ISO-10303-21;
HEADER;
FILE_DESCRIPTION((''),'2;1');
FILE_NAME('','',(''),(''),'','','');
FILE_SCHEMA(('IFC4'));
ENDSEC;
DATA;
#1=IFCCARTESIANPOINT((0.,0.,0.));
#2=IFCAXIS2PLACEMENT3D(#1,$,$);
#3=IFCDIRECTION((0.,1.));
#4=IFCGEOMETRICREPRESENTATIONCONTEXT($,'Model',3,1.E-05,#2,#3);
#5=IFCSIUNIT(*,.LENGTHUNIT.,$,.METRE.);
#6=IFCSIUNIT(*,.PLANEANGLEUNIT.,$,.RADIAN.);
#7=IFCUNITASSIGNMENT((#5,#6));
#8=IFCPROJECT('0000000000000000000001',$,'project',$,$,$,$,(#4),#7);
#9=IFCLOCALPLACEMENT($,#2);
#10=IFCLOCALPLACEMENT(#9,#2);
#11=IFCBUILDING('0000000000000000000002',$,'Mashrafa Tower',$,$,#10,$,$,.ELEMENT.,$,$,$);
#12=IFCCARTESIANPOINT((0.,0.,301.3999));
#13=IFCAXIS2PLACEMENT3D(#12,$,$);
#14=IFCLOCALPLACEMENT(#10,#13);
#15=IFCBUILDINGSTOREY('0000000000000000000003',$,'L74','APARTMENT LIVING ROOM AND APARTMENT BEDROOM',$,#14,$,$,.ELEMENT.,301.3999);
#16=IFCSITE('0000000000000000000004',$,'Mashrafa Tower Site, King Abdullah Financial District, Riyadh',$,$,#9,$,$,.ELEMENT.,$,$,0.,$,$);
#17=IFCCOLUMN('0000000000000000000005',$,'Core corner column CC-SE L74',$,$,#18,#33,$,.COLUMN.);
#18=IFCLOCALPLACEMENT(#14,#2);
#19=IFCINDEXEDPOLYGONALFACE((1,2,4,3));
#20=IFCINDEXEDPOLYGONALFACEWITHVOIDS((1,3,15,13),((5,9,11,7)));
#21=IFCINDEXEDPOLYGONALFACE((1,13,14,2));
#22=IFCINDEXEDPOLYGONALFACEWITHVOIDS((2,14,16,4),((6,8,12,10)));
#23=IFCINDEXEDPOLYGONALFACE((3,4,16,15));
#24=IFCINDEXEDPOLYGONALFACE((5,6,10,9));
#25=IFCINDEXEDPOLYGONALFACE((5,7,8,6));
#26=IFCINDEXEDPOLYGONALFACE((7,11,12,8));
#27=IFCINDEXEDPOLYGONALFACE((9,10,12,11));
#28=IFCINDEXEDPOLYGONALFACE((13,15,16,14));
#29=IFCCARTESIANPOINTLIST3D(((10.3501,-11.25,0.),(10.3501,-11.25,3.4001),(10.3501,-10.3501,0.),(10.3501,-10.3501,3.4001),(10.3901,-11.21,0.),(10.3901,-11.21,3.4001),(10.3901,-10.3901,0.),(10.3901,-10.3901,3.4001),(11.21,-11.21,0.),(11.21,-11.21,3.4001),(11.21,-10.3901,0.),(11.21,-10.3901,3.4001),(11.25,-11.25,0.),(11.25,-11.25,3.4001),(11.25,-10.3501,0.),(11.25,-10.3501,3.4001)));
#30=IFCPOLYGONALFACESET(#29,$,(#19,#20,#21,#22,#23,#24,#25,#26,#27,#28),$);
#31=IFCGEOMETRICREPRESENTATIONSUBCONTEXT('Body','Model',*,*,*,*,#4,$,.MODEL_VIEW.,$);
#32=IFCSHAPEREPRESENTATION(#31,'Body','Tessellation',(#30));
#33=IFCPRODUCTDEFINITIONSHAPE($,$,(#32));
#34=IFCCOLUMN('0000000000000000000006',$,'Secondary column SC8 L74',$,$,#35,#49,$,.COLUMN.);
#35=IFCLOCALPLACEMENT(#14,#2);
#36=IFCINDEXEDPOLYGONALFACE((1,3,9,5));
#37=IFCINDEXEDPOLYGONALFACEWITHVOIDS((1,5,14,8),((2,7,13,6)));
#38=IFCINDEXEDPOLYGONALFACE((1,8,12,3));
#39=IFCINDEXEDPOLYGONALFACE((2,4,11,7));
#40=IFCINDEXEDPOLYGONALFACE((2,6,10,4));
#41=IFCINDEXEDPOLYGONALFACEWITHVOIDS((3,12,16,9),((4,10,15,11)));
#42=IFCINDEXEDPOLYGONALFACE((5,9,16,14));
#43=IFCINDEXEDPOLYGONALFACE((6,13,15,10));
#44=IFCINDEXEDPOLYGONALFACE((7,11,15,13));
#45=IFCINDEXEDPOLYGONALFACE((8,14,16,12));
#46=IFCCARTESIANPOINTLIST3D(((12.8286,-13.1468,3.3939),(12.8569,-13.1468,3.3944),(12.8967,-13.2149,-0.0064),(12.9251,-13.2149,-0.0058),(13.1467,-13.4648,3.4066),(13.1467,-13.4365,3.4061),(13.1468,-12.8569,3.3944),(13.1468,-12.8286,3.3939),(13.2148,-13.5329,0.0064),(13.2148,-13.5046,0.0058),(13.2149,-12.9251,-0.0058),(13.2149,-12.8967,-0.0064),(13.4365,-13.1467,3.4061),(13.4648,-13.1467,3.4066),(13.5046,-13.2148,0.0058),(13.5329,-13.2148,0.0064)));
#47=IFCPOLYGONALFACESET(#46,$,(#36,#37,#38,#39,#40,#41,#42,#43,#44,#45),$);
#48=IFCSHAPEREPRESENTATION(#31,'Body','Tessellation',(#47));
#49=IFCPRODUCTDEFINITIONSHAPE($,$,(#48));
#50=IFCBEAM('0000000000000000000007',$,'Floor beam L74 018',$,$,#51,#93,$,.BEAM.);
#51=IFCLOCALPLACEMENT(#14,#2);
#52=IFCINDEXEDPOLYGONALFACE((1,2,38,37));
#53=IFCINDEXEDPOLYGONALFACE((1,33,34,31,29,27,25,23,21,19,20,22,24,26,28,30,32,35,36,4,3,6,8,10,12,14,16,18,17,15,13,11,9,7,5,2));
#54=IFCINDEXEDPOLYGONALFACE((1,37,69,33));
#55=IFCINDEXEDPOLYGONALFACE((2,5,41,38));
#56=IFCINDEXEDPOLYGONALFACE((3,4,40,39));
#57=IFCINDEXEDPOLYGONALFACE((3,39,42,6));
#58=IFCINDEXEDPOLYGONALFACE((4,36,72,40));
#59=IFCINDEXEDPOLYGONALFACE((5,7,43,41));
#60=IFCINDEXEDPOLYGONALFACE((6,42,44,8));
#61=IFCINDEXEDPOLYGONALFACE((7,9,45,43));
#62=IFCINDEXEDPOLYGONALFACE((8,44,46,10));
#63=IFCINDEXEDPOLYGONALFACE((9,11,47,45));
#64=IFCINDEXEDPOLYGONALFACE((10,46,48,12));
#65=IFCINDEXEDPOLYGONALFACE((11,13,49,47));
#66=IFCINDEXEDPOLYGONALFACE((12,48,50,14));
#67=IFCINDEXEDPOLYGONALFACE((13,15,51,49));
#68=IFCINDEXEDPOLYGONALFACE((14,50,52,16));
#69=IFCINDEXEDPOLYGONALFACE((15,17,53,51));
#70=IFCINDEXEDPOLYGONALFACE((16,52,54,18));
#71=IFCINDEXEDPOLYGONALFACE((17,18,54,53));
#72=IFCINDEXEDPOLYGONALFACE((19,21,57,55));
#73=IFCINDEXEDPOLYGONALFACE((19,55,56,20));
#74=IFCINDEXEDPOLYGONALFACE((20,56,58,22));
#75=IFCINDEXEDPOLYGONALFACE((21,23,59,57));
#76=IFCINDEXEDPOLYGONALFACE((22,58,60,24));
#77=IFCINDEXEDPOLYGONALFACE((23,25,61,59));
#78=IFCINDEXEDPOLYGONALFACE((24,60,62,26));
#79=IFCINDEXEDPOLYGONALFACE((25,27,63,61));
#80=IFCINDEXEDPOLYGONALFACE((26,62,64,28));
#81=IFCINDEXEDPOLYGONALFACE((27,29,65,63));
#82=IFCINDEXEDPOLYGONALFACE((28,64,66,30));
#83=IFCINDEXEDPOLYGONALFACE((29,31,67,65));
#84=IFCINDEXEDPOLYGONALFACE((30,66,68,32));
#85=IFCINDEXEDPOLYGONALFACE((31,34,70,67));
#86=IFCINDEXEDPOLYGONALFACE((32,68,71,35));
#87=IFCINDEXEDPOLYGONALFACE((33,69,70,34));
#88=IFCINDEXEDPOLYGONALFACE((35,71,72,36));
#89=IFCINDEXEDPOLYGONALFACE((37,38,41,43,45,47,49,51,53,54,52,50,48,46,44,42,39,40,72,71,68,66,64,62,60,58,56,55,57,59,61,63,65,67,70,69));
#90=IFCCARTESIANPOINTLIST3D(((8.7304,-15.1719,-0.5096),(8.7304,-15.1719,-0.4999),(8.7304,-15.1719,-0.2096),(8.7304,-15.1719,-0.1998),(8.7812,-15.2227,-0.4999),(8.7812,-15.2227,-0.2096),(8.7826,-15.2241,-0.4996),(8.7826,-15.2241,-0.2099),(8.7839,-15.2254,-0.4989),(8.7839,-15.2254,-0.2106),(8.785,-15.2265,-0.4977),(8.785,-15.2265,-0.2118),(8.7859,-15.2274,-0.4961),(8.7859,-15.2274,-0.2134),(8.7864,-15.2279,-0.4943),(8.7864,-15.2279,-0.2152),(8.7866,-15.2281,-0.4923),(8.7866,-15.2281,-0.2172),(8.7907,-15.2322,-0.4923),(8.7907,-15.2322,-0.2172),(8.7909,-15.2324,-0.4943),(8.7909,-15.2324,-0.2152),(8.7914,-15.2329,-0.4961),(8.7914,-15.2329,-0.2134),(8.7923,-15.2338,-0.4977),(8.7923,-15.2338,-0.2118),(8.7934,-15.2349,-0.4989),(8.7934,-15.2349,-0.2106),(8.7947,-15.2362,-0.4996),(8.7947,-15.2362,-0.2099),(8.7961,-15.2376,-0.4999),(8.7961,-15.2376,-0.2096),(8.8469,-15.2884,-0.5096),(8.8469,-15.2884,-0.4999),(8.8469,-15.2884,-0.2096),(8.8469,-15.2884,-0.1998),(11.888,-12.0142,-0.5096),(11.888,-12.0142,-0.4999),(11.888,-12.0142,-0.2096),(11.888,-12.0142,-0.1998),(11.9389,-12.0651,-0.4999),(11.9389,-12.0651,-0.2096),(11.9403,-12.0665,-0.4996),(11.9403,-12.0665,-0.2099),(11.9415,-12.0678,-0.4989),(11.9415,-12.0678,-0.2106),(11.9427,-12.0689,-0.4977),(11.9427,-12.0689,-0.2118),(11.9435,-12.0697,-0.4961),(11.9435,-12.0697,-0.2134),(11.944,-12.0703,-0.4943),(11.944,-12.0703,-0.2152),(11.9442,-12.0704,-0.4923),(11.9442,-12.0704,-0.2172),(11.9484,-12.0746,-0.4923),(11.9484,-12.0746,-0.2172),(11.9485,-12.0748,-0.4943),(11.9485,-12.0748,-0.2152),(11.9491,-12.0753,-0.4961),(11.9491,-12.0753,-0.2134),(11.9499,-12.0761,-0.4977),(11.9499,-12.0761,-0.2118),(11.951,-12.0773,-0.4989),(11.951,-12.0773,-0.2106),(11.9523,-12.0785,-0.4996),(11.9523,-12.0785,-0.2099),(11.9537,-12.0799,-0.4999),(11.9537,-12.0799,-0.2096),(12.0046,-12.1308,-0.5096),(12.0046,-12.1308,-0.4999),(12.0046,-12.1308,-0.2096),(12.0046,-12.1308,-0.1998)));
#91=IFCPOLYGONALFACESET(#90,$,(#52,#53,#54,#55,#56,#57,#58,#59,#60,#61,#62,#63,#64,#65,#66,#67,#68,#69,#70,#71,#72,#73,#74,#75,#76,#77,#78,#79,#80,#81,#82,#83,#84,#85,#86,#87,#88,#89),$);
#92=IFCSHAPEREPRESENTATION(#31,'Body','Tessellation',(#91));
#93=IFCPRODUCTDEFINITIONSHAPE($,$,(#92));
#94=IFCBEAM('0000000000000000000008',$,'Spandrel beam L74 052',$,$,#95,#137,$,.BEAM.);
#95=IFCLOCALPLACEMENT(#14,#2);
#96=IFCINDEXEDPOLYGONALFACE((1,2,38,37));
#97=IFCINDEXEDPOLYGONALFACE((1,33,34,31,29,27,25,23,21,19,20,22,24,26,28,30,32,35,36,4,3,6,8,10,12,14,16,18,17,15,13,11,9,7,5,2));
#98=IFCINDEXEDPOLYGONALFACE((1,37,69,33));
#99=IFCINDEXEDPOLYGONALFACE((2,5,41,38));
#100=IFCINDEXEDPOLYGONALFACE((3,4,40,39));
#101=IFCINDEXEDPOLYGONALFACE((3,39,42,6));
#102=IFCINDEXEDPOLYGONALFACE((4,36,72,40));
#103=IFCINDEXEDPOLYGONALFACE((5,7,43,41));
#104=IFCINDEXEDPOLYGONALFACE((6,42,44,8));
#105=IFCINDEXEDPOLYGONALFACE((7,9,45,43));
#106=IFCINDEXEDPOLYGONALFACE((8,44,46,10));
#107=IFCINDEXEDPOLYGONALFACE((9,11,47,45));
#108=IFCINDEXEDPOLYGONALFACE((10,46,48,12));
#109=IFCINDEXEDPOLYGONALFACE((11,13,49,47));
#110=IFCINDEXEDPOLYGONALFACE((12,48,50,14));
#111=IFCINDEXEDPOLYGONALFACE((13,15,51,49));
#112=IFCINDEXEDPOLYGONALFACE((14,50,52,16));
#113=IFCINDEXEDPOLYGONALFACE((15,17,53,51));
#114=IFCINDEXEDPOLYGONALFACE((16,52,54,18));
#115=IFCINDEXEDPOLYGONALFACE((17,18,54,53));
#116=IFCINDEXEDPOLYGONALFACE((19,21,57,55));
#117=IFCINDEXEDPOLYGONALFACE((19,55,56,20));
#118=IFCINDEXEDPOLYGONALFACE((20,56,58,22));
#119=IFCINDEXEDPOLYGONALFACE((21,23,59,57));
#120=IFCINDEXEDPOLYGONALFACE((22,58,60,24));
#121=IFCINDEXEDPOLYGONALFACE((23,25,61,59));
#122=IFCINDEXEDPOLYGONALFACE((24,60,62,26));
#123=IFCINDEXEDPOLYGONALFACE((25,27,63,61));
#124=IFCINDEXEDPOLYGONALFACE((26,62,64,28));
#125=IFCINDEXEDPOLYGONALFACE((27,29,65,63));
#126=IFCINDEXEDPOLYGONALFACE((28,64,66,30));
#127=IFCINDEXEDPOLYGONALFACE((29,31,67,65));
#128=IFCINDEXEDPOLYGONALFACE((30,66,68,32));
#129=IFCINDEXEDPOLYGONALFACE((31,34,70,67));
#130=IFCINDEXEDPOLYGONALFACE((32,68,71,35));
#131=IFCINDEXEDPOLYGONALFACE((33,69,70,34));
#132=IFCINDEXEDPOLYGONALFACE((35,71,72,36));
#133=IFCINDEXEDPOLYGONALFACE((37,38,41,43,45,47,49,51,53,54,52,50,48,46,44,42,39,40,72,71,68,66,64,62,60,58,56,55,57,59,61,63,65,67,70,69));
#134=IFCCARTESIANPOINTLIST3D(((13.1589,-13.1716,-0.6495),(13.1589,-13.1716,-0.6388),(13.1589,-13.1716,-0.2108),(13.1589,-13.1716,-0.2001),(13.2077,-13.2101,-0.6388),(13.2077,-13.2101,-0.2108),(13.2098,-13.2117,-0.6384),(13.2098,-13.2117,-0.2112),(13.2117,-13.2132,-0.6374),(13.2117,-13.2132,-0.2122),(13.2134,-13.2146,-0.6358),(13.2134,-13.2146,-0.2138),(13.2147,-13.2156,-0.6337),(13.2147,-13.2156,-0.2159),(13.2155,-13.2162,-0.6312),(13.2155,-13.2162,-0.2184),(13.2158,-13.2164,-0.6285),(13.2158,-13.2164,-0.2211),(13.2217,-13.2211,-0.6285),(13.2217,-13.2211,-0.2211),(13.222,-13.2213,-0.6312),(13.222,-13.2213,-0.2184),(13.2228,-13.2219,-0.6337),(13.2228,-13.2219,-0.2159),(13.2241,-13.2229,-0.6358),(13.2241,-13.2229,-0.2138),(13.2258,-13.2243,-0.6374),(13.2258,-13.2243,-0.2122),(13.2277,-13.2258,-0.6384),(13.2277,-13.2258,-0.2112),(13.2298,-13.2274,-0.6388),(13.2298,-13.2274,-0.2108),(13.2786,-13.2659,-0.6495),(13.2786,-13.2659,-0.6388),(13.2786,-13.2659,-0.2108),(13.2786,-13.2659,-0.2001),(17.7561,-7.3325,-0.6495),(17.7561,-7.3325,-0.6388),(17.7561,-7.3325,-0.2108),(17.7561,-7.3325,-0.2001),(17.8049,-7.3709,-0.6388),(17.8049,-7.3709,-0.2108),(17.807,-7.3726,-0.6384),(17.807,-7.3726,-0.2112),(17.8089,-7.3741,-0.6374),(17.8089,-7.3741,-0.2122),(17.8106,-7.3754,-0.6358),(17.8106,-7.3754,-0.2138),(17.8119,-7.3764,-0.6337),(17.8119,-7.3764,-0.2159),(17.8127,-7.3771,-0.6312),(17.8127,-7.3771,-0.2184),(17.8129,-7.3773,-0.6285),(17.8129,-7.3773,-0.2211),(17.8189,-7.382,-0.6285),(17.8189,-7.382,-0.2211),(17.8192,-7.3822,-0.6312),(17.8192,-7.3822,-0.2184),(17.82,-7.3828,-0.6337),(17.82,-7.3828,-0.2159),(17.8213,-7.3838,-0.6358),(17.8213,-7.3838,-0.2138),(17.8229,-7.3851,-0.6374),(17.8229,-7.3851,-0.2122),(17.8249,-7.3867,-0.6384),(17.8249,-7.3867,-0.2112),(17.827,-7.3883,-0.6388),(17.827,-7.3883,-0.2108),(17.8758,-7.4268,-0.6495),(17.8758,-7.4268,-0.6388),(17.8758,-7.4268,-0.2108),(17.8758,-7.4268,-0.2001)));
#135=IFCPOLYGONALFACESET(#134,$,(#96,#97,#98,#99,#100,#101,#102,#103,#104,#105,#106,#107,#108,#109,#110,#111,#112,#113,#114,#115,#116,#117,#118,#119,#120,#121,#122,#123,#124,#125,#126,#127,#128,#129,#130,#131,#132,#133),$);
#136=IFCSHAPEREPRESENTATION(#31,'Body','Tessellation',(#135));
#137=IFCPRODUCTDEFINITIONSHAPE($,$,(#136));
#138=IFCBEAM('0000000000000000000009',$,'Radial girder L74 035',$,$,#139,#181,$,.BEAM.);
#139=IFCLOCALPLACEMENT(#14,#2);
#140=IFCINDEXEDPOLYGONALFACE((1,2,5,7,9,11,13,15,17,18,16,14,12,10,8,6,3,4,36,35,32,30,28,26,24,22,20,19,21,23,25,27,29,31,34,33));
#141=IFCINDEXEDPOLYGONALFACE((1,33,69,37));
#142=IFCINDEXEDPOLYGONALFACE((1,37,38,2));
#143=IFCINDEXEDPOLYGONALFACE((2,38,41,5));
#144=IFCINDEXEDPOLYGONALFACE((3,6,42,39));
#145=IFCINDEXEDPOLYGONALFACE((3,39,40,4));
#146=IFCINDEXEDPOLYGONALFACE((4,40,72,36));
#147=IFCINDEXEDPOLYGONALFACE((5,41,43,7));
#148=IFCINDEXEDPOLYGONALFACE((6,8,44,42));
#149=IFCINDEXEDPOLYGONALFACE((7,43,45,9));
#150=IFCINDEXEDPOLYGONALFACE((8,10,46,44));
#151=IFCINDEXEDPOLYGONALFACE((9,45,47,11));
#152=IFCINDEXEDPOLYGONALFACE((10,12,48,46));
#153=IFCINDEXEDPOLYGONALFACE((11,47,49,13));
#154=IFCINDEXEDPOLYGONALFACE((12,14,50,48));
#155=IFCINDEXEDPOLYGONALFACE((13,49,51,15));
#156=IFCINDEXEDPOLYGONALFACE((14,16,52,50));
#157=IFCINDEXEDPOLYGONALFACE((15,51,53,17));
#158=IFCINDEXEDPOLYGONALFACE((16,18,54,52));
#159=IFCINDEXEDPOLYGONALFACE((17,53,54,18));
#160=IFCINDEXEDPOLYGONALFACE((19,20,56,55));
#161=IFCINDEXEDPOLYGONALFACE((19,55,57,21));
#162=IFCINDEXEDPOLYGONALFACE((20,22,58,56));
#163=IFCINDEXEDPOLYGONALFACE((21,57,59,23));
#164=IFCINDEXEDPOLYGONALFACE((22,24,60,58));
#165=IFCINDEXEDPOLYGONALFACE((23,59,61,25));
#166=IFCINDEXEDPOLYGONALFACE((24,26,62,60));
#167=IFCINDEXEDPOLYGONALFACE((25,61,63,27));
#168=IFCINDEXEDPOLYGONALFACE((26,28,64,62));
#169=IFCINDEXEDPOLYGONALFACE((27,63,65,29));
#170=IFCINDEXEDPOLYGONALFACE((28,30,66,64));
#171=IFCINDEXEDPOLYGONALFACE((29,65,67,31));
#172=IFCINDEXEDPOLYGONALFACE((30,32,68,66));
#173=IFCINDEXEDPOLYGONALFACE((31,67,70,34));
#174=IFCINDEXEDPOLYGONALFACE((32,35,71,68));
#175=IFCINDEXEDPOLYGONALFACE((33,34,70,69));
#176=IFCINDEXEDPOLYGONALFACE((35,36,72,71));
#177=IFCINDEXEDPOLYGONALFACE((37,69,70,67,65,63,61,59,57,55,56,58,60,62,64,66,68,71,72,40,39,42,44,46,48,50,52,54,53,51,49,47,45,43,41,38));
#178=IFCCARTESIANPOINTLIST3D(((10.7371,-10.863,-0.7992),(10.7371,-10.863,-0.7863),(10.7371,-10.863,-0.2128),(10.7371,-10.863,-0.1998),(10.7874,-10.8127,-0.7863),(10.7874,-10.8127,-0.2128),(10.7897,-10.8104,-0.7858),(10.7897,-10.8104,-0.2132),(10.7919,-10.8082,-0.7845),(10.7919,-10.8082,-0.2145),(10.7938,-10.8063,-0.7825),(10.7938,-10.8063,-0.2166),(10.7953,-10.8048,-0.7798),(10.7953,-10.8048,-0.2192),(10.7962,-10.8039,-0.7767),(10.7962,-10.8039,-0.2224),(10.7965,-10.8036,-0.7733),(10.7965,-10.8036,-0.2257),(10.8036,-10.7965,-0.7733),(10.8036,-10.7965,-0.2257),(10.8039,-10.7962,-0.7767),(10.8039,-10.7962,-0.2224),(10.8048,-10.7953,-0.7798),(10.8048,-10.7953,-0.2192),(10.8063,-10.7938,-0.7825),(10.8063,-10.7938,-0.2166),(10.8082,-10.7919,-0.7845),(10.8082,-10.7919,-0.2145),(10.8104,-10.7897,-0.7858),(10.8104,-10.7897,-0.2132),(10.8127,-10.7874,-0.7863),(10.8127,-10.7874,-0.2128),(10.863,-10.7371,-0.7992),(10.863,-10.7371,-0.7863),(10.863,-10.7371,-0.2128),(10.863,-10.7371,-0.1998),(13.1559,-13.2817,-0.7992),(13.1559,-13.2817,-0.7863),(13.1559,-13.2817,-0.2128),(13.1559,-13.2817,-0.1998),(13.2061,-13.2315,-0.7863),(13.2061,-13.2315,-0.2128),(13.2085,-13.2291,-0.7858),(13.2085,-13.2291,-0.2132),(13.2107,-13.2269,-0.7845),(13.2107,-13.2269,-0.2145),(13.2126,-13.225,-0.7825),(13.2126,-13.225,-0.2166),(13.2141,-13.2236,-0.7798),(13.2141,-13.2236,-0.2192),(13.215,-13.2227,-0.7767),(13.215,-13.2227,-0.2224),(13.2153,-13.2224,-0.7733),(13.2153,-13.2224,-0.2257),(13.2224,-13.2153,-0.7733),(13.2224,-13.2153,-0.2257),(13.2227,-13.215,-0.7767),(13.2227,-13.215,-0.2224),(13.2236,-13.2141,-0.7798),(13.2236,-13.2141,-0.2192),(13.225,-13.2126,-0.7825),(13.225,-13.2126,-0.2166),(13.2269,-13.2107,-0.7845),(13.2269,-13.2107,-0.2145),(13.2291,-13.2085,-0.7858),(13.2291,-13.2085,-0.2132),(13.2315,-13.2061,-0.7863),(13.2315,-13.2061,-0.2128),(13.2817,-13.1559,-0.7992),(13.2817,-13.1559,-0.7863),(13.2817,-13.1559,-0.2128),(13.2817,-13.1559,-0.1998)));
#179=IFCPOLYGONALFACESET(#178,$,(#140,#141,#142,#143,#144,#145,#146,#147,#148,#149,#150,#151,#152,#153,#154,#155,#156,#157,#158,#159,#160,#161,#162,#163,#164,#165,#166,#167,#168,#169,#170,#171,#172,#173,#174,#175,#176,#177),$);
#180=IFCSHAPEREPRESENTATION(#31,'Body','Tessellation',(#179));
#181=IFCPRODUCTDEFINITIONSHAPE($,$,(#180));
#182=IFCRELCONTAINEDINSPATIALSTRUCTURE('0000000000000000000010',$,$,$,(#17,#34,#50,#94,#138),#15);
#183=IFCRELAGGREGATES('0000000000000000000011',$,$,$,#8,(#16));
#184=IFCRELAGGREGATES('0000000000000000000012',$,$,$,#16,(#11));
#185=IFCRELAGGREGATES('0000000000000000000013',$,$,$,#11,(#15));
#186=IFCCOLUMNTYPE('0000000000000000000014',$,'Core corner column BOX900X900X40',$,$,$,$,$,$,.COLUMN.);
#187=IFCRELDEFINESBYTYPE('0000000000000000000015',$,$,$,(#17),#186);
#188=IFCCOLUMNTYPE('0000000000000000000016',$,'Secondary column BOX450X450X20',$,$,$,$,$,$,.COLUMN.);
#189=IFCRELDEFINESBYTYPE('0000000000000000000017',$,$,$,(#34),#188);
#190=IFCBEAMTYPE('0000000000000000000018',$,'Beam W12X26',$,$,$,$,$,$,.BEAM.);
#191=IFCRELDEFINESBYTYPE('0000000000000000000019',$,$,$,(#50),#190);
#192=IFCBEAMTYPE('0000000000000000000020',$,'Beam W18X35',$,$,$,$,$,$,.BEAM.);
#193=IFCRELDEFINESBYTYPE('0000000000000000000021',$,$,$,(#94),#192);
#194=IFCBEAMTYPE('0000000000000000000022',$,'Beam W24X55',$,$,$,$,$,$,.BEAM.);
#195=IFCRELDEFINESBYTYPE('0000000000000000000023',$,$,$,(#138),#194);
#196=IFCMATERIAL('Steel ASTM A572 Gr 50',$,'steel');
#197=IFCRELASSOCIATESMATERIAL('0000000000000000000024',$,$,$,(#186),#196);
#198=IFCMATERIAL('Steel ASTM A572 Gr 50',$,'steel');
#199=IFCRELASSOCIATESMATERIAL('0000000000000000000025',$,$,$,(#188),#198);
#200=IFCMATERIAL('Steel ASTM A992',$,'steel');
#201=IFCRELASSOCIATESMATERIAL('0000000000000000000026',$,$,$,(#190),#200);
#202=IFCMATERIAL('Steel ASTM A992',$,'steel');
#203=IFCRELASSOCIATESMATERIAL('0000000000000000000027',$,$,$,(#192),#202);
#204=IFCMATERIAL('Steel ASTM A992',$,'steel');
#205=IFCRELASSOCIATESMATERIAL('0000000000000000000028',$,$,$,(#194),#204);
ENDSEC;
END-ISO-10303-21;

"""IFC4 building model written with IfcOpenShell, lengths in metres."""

from ifc_helpers import new_model, si_unit, direction, frame, origin, origin_2d, place, context, subcontext, project, spatial, hollow_rectangle, i_section, extrude, material, material_profile, profile_set, type_object, element, save


model = new_model("IFC4")

# Units and contexts
model_context = context("Model", 3, precision=1e-05, world=origin(), true_north=direction((0.0, 1.0)))
body_context = subcontext(model_context, "Body", "Model", "MODEL_VIEW")
ifc_project = project(units=[si_unit("LENGTHUNIT", "METRE"), si_unit("PLANEANGLEUNIT", "RADIAN")], contexts=[model_context])

# Site, building, storey
site_placement = place(None, origin())
site = spatial("IfcSite", under=ifc_project, at=site_placement, Name="Mashrafa Tower Site, King Abdullah Financial District, Riyadh", CompositionType="ELEMENT", RefElevation=0.0)
building_placement = place(site_placement, origin())
building = spatial("IfcBuilding", under=site, at=building_placement, Name="Mashrafa Tower", CompositionType="ELEMENT")
storey_placement = place(building_placement, frame((0.0, 0.0, 301.3999)))
storey = spatial("IfcBuildingStorey", under=building, at=storey_placement, Name="L74", Description="APARTMENT LIVING ROOM AND APARTMENT BEDROOM", CompositionType="ELEMENT", Elevation=301.3999)

# Columns
ifc_material_1 = material(Name="Steel ASTM A572 Gr 50", Category="steel")
ifc_material_profile_1 = material_profile(ifc_material_1, hollow_rectangle(XDim=0.8999, YDim=0.8999, WallThickness=0.04, at=origin_2d()), Name="BOX900X900X40")
ifc_profile_set_1 = profile_set([ifc_material_profile_1], Name="Steel ASTM A572 Gr 50")
column_type_1 = type_object("IfcColumnType", Name="Core corner column BOX900X900X40", PredefinedType="COLUMN", material=ifc_profile_set_1)
column_1_placement = place(storey_placement, frame((10.8, -10.8, 0.0), z_axis=(0.0, 0.0, 1.0), x_axis=(1.0, 0.0, 0.0)))
element("IfcColumn", 1, at=column_1_placement, inside=storey, type_object=column_type_1, Name="Core corner column CC-SE L74", PredefinedType="COLUMN", context=body_context, shape_type="SweptSolid", body=[
    extrude(hollow_rectangle(XDim=0.8999, YDim=0.8999, WallThickness=0.04, at=origin_2d()), origin(), (0.0, 0.0, 1.0), 3.4001),
])
ifc_material_2 = material(Name="Steel ASTM A572 Gr 50", Category="steel")
ifc_material_profile_2 = material_profile(ifc_material_2, hollow_rectangle(XDim=0.45, YDim=0.45, WallThickness=0.02, at=origin_2d()), Name="BOX450X450X20")
ifc_profile_set_2 = profile_set([ifc_material_profile_2], Name="Steel ASTM A572 Gr 50")
column_type_2 = type_object("IfcColumnType", Name="Secondary column BOX450X450X20", PredefinedType="COLUMN", material=ifc_profile_set_2)
column_2_placement = place(storey_placement, frame((13.2148, -13.2148, 0.0), z_axis=(-0.020025, 0.020025, 0.999599), x_axis=(-0.707107, -0.707107, 0.0)))
element("IfcColumn", 2, at=column_2_placement, inside=storey, type_object=column_type_2, Name="Secondary column SC8 L74", PredefinedType="COLUMN", context=body_context, shape_type="SweptSolid", body=[
    extrude(hollow_rectangle(XDim=0.45, YDim=0.45, WallThickness=0.02, at=origin_2d()), origin(), (0.0, 0.0, 1.0), 3.4016),
])

# Beams
ifc_material_3 = material(Name="Steel ASTM A992", Category="steel")
ifc_material_profile_3 = material_profile(ifc_material_3, i_section(OverallWidth=0.1648, OverallDepth=0.3098, WebThickness=0.0059, FlangeThickness=0.0098, FilletRadius=0.0076, at=origin_2d()), Name="W12X26")
ifc_profile_set_3 = profile_set([ifc_material_profile_3], Name="Steel ASTM A992")
beam_type_1 = type_object("IfcBeamType", Name="Beam W12X26", PredefinedType="BEAM", material=ifc_profile_set_3)
beam_1_placement = place(storey_placement, frame((11.9463, -12.0725, -0.3547), z_axis=(-0.707107, -0.707107, 0.0), x_axis=(0.707107, -0.707107, 0.0)))
element("IfcBeam", 3, at=beam_1_placement, inside=storey, type_object=beam_type_1, Name="Floor beam L74 018", PredefinedType="BEAM", context=body_context, shape_type="SweptSolid", body=[
    extrude(i_section(OverallWidth=0.1648, OverallDepth=0.3098, WebThickness=0.0059, FlangeThickness=0.0098, FilletRadius=0.0076, at=origin_2d()), origin(), (0.0, 0.0, 1.0), 4.4656),
])
ifc_material_4 = material(Name="Steel ASTM A992", Category="steel")
ifc_material_profile_4 = material_profile(ifc_material_4, i_section(OverallWidth=0.1523, OverallDepth=0.4495, WebThickness=0.0076, FlangeThickness=0.0107, FilletRadius=0.0103, at=origin_2d()), Name="W18X35")
ifc_profile_set_4 = profile_set([ifc_material_profile_4], Name="Steel ASTM A992")
beam_type_2 = type_object("IfcBeamType", Name="Beam W18X35", PredefinedType="BEAM", material=ifc_profile_set_4)
beam_2_placement = place(storey_placement, frame((13.2188, -13.2188, -0.4248), z_axis=(0.618595, 0.78571, 0.0), x_axis=(-0.78571, 0.618595, 0.0)))
element("IfcBeam", 4, at=beam_2_placement, inside=storey, type_object=beam_type_2, Name="Spandrel beam L74 052", PredefinedType="BEAM", context=body_context, shape_type="SweptSolid", body=[
    extrude(i_section(OverallWidth=0.1523, OverallDepth=0.4495, WebThickness=0.0076, FlangeThickness=0.0107, FilletRadius=0.0103, at=origin_2d()), origin(), (0.0, 0.0, 1.0), 7.4316),
])
ifc_material_5 = material(Name="Steel ASTM A992", Category="steel")
ifc_material_profile_5 = material_profile(ifc_material_5, i_section(OverallWidth=0.178, OverallDepth=0.5994, WebThickness=0.01, FlangeThickness=0.0129, FilletRadius=0.0129, at=origin_2d()), Name="W24X55")
ifc_profile_set_5 = profile_set([ifc_material_profile_5], Name="Steel ASTM A992")
beam_type_3 = type_object("IfcBeamType", Name="Beam W24X55", PredefinedType="BEAM", material=ifc_profile_set_5)
beam_3_placement = place(storey_placement, frame((10.8, -10.8, -0.4995), z_axis=(0.707107, -0.707107, 0.0), x_axis=(0.707107, 0.707107, 0.0)))
element("IfcBeam", 5, at=beam_3_placement, inside=storey, type_object=beam_type_3, Name="Radial girder L74 035", PredefinedType="BEAM", context=body_context, shape_type="SweptSolid", body=[
    extrude(i_section(OverallWidth=0.178, OverallDepth=0.5994, WebThickness=0.01, FlangeThickness=0.0129, FilletRadius=0.0129, at=origin_2d()), origin(), (0.0, 0.0, 1.0), 3.4207),
])

save(model, "model.ifc")
